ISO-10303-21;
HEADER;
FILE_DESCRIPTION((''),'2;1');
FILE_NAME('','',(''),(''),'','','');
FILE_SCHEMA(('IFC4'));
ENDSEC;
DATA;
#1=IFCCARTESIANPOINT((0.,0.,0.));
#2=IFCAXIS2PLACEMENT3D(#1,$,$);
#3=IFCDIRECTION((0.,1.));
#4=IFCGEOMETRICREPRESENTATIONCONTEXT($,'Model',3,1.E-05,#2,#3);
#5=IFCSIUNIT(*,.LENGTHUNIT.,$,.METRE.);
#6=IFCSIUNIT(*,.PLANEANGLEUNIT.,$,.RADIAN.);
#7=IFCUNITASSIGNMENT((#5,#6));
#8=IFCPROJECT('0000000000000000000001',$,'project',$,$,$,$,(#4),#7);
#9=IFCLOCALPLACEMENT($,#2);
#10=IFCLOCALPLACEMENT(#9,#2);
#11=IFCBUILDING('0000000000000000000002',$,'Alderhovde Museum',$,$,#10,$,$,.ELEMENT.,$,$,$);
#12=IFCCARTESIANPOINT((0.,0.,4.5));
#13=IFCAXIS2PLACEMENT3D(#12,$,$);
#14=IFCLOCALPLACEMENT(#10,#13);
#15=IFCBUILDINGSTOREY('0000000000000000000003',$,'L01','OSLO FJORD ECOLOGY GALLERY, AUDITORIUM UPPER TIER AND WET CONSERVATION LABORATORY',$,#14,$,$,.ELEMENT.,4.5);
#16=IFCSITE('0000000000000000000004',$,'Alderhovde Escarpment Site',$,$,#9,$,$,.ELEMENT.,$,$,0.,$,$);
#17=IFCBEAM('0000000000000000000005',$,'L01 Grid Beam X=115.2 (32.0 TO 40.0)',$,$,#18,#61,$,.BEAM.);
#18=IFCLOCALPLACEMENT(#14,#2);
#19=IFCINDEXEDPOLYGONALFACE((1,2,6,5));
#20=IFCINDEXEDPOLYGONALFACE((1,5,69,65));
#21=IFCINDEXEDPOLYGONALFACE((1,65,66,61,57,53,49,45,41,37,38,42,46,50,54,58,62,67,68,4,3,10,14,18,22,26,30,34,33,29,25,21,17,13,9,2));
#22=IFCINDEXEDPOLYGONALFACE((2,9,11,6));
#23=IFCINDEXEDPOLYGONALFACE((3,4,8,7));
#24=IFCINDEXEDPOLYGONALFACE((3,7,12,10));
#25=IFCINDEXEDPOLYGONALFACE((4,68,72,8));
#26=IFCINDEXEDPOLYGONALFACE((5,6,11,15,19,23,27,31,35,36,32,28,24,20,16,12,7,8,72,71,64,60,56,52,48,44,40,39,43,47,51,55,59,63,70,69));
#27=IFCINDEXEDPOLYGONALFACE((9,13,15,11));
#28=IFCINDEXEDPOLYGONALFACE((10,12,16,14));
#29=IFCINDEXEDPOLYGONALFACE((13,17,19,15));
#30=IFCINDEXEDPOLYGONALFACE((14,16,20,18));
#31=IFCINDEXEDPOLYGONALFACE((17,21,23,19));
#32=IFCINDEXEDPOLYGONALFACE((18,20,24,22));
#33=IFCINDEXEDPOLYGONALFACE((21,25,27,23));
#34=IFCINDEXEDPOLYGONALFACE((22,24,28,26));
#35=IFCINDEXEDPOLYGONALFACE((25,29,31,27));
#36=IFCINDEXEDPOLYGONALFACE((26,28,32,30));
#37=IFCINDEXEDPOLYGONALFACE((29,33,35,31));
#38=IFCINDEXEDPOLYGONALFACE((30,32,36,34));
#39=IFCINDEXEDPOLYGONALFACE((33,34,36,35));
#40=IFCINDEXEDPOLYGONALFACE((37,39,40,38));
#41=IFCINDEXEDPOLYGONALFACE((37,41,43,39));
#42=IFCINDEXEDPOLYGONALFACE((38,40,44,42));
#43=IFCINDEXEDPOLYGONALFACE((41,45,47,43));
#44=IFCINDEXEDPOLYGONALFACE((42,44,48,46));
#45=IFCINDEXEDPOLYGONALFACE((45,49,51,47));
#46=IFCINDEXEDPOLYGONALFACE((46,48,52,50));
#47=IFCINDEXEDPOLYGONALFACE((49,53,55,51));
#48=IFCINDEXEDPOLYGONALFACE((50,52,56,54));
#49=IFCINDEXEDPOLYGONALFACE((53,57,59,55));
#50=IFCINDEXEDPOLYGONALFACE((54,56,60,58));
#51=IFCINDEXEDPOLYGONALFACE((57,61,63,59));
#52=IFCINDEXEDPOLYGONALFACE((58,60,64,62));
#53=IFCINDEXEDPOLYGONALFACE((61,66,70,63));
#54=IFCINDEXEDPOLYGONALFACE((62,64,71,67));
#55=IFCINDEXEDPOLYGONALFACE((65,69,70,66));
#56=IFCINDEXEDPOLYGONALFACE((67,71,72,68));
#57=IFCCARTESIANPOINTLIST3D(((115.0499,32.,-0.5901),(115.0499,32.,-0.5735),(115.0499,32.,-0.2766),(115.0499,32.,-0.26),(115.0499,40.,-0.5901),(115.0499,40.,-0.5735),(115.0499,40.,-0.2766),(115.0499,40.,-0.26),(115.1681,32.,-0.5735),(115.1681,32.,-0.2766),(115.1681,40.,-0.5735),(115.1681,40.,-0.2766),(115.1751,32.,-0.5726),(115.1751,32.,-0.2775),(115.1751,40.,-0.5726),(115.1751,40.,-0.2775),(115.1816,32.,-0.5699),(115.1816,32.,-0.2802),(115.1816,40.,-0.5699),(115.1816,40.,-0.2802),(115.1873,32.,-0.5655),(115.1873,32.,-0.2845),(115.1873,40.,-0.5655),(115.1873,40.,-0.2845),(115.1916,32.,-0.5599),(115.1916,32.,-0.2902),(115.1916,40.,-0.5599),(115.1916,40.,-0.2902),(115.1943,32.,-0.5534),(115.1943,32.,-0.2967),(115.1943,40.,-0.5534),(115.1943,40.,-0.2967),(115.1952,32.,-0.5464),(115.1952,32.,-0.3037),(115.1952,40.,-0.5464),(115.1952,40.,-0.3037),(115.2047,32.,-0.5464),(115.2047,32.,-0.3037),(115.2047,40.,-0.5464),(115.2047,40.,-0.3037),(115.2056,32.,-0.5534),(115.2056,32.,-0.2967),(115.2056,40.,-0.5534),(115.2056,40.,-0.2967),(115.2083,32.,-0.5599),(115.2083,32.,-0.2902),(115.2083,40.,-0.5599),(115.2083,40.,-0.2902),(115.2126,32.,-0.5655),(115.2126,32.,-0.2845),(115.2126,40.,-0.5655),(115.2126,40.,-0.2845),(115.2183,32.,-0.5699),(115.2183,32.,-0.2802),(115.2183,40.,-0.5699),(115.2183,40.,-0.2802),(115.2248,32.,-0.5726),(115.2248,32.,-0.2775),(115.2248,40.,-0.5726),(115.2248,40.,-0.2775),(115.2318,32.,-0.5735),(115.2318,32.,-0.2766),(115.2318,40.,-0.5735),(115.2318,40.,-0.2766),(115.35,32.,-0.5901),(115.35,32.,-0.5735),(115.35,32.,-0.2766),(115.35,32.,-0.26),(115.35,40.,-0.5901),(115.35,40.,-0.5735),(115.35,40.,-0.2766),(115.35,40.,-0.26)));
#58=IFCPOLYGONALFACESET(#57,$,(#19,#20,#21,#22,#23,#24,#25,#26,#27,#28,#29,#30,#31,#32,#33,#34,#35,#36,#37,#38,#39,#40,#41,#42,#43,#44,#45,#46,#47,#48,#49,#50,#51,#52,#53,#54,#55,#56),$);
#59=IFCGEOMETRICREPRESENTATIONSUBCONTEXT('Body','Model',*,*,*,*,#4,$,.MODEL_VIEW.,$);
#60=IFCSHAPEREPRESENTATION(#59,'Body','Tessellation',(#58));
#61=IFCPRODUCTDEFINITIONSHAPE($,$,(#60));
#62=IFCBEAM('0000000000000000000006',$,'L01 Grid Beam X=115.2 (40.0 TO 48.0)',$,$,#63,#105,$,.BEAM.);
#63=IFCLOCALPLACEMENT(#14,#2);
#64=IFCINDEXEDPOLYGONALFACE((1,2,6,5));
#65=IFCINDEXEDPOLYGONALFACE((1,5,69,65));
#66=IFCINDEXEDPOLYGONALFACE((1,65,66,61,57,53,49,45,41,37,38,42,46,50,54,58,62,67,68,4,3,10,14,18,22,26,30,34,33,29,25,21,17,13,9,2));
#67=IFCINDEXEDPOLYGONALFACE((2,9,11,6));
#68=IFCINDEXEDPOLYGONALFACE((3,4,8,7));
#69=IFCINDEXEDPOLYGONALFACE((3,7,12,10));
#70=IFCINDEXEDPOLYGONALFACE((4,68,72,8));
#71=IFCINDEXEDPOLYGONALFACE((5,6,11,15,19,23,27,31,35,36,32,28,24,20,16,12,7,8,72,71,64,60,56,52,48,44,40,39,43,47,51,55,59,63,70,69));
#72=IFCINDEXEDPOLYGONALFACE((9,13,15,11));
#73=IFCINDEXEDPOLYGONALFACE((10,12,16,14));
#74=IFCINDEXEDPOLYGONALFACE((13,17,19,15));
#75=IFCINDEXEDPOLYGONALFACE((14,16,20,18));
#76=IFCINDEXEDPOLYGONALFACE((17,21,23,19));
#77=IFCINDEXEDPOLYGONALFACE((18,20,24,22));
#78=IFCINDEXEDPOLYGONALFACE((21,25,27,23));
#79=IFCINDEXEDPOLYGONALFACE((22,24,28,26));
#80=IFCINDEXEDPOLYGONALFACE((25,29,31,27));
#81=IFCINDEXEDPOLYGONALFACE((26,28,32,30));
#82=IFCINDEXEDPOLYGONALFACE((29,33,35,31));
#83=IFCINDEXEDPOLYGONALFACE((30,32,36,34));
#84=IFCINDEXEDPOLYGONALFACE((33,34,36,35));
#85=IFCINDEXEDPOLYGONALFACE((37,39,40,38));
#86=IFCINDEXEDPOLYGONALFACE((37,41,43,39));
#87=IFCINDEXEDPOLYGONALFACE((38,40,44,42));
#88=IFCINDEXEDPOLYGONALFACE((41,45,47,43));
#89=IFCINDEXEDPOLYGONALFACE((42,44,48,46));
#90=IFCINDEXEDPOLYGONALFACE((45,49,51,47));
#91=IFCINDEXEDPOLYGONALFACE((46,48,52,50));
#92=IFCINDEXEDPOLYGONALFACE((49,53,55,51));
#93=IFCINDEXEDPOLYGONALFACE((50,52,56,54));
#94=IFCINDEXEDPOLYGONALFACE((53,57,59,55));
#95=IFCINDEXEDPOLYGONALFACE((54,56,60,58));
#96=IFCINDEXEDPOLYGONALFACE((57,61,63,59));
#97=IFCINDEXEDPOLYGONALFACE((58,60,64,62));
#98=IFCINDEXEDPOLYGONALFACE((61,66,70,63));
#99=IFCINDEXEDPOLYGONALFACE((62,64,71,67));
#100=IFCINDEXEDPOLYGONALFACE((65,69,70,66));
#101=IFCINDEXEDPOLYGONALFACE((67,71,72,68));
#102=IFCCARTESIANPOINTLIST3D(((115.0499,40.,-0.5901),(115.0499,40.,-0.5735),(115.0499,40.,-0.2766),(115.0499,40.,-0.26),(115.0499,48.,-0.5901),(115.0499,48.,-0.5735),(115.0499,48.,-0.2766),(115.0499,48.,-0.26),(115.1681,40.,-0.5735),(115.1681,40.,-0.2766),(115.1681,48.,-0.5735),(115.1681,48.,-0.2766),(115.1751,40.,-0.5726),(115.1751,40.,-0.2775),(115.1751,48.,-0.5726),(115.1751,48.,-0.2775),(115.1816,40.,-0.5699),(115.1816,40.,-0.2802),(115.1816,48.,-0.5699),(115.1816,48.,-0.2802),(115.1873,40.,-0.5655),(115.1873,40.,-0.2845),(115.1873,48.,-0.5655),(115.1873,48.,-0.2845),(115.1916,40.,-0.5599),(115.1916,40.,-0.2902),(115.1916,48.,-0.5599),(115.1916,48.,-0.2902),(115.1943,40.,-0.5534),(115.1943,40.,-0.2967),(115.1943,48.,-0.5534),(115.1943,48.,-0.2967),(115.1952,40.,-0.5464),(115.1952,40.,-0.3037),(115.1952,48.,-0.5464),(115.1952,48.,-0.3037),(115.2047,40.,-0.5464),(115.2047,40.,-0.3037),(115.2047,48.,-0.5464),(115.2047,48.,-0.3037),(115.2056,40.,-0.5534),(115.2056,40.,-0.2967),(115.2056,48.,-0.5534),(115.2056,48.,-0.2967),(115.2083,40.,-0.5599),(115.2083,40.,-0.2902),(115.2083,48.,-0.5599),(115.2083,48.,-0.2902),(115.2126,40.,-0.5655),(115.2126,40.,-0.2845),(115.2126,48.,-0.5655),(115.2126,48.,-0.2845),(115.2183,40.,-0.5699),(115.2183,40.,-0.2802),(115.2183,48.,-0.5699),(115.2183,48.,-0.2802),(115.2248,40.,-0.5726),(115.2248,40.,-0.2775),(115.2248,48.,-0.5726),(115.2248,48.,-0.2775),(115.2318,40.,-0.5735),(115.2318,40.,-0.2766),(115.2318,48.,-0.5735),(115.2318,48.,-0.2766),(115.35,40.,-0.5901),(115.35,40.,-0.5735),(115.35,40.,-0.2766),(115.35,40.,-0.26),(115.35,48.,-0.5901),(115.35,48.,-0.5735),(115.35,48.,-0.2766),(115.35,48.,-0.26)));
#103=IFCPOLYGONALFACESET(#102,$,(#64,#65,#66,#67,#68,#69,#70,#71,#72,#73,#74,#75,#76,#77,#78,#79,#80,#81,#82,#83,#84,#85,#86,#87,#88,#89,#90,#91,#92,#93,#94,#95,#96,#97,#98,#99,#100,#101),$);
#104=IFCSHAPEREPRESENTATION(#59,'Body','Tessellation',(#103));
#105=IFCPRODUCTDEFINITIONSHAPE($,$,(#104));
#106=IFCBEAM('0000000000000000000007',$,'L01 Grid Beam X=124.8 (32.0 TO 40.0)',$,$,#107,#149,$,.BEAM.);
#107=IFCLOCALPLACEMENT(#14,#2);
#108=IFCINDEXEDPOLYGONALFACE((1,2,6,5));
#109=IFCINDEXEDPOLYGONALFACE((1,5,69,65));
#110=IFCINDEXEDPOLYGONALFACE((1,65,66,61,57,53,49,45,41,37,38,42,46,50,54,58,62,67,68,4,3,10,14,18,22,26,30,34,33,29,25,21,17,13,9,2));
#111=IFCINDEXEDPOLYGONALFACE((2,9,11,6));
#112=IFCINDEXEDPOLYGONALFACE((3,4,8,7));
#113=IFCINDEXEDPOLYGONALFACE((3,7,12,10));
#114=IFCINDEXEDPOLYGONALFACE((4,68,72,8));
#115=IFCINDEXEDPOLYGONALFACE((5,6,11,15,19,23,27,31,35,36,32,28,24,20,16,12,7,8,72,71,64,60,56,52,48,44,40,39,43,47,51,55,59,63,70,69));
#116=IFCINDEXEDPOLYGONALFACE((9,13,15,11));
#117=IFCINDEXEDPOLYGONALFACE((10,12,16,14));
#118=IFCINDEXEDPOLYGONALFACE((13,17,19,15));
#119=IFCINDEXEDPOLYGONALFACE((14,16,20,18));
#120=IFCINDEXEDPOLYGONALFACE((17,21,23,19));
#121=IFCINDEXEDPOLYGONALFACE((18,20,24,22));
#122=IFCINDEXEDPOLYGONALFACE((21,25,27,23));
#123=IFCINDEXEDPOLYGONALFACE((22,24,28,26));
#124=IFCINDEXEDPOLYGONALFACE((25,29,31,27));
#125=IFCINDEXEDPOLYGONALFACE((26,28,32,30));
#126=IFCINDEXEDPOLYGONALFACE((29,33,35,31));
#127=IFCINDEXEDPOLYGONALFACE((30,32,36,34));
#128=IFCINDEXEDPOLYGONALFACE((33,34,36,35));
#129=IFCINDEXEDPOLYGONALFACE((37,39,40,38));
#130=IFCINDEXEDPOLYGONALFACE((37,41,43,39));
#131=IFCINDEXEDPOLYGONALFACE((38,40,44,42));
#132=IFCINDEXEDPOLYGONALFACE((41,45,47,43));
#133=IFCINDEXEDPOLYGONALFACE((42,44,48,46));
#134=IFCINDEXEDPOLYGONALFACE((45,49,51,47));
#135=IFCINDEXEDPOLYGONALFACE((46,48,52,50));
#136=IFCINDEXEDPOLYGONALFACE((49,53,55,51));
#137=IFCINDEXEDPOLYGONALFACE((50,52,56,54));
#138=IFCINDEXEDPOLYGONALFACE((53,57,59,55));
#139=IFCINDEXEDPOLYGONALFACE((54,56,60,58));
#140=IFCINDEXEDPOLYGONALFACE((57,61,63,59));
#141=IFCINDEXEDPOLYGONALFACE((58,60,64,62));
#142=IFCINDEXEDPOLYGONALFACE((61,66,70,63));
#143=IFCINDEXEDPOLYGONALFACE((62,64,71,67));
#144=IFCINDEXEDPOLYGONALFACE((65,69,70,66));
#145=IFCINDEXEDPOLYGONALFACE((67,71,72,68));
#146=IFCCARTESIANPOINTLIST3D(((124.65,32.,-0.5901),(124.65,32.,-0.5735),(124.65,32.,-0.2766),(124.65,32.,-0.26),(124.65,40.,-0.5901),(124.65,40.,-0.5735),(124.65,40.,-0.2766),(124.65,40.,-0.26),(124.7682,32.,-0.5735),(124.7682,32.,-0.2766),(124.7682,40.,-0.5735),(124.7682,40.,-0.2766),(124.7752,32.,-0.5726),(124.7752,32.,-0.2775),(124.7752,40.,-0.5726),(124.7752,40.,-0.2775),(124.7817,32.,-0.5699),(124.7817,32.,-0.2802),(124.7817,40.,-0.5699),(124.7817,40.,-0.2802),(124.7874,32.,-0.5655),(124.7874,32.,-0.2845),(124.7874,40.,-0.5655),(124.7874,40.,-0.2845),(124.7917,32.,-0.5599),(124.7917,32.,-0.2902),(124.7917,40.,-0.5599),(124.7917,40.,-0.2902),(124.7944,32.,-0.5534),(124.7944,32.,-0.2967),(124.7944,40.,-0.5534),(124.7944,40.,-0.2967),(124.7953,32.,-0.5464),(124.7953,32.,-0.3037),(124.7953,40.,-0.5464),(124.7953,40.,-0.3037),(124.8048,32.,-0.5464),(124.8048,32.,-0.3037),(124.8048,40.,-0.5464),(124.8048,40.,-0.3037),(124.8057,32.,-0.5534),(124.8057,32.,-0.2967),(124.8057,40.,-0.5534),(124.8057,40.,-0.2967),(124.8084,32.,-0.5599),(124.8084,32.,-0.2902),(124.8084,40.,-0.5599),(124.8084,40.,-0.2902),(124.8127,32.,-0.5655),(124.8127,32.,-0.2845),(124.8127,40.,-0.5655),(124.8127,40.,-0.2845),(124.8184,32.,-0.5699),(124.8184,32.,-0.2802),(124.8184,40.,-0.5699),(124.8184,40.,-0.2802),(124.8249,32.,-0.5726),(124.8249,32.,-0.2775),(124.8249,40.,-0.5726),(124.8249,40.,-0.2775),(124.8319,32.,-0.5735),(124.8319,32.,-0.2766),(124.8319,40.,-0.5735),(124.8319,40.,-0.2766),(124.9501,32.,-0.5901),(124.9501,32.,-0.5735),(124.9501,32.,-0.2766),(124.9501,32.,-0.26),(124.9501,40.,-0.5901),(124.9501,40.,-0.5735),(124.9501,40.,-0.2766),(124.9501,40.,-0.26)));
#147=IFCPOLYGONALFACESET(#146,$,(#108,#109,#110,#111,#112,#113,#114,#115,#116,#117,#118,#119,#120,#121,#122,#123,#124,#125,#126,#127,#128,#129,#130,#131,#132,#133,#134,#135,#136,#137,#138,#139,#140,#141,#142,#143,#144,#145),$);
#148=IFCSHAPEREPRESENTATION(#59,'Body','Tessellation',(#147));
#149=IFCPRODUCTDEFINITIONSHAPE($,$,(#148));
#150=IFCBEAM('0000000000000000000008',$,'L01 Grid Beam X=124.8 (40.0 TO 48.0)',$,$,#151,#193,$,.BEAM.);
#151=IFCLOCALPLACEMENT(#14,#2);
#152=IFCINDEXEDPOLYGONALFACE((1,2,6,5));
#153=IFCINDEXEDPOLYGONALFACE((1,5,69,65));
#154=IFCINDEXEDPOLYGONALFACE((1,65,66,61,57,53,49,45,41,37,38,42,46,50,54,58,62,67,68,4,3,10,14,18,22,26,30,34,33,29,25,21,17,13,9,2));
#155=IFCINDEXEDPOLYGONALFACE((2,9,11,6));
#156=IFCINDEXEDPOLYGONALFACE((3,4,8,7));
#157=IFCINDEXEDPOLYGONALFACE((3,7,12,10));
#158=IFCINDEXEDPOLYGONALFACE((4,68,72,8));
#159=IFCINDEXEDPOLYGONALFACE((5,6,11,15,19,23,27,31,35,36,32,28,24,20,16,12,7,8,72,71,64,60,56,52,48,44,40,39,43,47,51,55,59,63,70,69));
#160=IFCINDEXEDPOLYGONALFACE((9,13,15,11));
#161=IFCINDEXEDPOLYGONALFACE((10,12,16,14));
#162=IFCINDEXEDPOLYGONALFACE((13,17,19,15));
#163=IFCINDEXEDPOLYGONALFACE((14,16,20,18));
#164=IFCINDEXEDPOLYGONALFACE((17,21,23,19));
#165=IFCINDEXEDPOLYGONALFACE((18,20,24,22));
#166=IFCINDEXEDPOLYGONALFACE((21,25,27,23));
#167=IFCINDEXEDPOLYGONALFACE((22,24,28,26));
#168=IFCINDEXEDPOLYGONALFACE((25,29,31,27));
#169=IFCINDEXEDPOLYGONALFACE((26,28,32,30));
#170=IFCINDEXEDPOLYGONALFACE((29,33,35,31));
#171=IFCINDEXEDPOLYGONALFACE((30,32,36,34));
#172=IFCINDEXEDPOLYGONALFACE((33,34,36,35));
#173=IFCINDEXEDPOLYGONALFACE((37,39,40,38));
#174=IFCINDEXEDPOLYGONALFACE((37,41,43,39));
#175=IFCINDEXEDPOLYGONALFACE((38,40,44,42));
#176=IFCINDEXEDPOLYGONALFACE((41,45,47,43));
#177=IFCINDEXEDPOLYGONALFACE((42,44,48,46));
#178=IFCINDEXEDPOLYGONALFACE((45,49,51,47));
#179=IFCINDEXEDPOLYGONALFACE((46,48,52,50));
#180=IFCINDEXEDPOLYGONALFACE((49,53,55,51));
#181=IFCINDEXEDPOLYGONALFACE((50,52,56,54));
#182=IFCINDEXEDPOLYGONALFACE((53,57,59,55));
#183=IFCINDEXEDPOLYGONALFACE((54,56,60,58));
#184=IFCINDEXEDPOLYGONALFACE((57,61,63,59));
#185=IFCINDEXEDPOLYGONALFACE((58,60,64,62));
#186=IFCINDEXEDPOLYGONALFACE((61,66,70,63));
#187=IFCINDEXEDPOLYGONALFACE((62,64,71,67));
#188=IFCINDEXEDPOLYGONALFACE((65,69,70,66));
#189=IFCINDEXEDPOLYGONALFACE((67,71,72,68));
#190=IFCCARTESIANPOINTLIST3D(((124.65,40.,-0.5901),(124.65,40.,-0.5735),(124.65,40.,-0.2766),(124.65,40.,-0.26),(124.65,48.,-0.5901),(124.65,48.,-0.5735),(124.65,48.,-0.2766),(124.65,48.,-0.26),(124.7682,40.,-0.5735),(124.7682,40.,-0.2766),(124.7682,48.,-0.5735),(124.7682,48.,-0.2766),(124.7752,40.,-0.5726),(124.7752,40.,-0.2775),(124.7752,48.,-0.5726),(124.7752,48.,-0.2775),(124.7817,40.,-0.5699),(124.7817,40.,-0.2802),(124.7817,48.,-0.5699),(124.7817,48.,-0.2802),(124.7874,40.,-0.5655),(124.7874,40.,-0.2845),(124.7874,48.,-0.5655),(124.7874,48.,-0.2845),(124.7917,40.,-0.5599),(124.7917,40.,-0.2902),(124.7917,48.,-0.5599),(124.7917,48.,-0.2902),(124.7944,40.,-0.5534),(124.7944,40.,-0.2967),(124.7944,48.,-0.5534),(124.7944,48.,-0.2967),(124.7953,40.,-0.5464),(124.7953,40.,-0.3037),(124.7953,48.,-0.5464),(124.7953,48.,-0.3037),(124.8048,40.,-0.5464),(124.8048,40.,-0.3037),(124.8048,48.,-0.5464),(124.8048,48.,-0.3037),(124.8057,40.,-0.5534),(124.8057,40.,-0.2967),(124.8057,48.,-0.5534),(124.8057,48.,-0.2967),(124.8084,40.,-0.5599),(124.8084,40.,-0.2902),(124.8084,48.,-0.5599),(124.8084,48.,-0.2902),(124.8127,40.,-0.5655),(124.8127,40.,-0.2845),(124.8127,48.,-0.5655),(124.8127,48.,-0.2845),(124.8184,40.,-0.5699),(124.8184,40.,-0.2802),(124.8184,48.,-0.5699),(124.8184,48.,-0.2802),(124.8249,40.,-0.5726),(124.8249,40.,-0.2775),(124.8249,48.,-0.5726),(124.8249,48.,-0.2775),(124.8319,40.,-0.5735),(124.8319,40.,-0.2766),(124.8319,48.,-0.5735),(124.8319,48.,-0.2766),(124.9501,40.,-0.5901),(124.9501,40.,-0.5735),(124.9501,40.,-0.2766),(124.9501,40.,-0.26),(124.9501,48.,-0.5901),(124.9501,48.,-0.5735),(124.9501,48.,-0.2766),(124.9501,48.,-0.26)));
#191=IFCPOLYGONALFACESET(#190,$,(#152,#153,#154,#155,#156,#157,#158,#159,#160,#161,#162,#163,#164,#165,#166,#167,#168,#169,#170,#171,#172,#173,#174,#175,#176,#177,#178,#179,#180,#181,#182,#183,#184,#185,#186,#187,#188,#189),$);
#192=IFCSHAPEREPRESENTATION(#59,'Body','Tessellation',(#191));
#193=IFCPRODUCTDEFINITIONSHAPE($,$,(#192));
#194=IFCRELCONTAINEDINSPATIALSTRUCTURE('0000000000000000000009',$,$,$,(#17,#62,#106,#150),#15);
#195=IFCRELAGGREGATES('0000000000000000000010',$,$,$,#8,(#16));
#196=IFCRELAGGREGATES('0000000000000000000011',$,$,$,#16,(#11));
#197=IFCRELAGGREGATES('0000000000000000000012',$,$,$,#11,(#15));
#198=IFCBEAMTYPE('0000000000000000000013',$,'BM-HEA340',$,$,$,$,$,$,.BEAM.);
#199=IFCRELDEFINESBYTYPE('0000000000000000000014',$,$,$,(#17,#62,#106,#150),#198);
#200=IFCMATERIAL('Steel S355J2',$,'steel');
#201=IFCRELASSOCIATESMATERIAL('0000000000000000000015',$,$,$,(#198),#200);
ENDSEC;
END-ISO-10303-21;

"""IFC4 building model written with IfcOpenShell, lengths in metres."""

from ifc_helpers import new_model, si_unit, direction, frame, origin, origin_2d, place, context, subcontext, project, spatial, i_section, extrude, material, material_profile, profile_set, type_object, element, save


model = new_model("IFC4")

# Units and contexts
model_context = context("Model", 3, precision=1e-05, world=origin(), true_north=direction((0.0, 1.0)))
body_context = subcontext(model_context, "Body", "Model", "MODEL_VIEW")
ifc_project = project(units=[si_unit("LENGTHUNIT", "METRE"), si_unit("PLANEANGLEUNIT", "RADIAN")], contexts=[model_context])

# Site, building, storey
site_placement = place(None, origin())
site = spatial("IfcSite", under=ifc_project, at=site_placement, Name="Alderhovde Escarpment Site", CompositionType="ELEMENT", RefElevation=0.0)
building_placement = place(site_placement, origin())
building = spatial("IfcBuilding", under=site, at=building_placement, Name="Alderhovde Museum", CompositionType="ELEMENT")
storey_placement = place(building_placement, frame((0.0, 0.0, 4.5)))
storey = spatial("IfcBuildingStorey", under=building, at=storey_placement, Name="L01", Description="OSLO FJORD ECOLOGY GALLERY, AUDITORIUM UPPER TIER AND WET CONSERVATION LABORATORY", CompositionType="ELEMENT", Elevation=4.5)

# Beams
ifc_material_1 = material(Name="Steel S355J2", Category="steel")
ifc_material_profile_1 = material_profile(ifc_material_1, i_section(OverallWidth=0.3, OverallDepth=0.3301, WebThickness=0.0095, FlangeThickness=0.0166, FilletRadius=0.0271, at=origin_2d()), Name="HEA 340")
ifc_profile_set_1 = profile_set([ifc_material_profile_1], Name="Steel S355J2")
beam_type_1 = type_object("IfcBeamType", Name="BM-HEA340", PredefinedType="BEAM", material=ifc_profile_set_1)
for number, where, z_axis, x_axis, name in (
    (1, (115.2, 32.0, -0.425), (0.0, 1.0, 0.0), (-1.0, 0.0, 0.0), "L01 Grid Beam X=115.2 (32.0 TO 40.0)"),
    (2, (115.2, 40.0, -0.425), (0.0, 1.0, 0.0), (-1.0, 0.0, 0.0), "L01 Grid Beam X=115.2 (40.0 TO 48.0)"),
    (3, (124.8, 32.0, -0.425), (0.0, 1.0, 0.0), (-1.0, 0.0, 0.0), "L01 Grid Beam X=124.8 (32.0 TO 40.0)"),
    (4, (124.8, 40.0, -0.425), (0.0, 1.0, 0.0), (-1.0, 0.0, 0.0), "L01 Grid Beam X=124.8 (40.0 TO 48.0)"),
):
    element("IfcBeam", number, at=place(storey_placement, frame(where, z_axis=z_axis, x_axis=x_axis)), inside=storey, type_object=beam_type_1, Name=name, PredefinedType="BEAM", context=body_context, shape_type="SweptSolid", body=[
        extrude(i_section(OverallWidth=0.3, OverallDepth=0.3301, WebThickness=0.0095, FlangeThickness=0.0166, FilletRadius=0.0271, at=origin_2d()), origin(), (0.0, 0.0, 1.0), 8.0),
    ])

save(model, "model.ifc")
